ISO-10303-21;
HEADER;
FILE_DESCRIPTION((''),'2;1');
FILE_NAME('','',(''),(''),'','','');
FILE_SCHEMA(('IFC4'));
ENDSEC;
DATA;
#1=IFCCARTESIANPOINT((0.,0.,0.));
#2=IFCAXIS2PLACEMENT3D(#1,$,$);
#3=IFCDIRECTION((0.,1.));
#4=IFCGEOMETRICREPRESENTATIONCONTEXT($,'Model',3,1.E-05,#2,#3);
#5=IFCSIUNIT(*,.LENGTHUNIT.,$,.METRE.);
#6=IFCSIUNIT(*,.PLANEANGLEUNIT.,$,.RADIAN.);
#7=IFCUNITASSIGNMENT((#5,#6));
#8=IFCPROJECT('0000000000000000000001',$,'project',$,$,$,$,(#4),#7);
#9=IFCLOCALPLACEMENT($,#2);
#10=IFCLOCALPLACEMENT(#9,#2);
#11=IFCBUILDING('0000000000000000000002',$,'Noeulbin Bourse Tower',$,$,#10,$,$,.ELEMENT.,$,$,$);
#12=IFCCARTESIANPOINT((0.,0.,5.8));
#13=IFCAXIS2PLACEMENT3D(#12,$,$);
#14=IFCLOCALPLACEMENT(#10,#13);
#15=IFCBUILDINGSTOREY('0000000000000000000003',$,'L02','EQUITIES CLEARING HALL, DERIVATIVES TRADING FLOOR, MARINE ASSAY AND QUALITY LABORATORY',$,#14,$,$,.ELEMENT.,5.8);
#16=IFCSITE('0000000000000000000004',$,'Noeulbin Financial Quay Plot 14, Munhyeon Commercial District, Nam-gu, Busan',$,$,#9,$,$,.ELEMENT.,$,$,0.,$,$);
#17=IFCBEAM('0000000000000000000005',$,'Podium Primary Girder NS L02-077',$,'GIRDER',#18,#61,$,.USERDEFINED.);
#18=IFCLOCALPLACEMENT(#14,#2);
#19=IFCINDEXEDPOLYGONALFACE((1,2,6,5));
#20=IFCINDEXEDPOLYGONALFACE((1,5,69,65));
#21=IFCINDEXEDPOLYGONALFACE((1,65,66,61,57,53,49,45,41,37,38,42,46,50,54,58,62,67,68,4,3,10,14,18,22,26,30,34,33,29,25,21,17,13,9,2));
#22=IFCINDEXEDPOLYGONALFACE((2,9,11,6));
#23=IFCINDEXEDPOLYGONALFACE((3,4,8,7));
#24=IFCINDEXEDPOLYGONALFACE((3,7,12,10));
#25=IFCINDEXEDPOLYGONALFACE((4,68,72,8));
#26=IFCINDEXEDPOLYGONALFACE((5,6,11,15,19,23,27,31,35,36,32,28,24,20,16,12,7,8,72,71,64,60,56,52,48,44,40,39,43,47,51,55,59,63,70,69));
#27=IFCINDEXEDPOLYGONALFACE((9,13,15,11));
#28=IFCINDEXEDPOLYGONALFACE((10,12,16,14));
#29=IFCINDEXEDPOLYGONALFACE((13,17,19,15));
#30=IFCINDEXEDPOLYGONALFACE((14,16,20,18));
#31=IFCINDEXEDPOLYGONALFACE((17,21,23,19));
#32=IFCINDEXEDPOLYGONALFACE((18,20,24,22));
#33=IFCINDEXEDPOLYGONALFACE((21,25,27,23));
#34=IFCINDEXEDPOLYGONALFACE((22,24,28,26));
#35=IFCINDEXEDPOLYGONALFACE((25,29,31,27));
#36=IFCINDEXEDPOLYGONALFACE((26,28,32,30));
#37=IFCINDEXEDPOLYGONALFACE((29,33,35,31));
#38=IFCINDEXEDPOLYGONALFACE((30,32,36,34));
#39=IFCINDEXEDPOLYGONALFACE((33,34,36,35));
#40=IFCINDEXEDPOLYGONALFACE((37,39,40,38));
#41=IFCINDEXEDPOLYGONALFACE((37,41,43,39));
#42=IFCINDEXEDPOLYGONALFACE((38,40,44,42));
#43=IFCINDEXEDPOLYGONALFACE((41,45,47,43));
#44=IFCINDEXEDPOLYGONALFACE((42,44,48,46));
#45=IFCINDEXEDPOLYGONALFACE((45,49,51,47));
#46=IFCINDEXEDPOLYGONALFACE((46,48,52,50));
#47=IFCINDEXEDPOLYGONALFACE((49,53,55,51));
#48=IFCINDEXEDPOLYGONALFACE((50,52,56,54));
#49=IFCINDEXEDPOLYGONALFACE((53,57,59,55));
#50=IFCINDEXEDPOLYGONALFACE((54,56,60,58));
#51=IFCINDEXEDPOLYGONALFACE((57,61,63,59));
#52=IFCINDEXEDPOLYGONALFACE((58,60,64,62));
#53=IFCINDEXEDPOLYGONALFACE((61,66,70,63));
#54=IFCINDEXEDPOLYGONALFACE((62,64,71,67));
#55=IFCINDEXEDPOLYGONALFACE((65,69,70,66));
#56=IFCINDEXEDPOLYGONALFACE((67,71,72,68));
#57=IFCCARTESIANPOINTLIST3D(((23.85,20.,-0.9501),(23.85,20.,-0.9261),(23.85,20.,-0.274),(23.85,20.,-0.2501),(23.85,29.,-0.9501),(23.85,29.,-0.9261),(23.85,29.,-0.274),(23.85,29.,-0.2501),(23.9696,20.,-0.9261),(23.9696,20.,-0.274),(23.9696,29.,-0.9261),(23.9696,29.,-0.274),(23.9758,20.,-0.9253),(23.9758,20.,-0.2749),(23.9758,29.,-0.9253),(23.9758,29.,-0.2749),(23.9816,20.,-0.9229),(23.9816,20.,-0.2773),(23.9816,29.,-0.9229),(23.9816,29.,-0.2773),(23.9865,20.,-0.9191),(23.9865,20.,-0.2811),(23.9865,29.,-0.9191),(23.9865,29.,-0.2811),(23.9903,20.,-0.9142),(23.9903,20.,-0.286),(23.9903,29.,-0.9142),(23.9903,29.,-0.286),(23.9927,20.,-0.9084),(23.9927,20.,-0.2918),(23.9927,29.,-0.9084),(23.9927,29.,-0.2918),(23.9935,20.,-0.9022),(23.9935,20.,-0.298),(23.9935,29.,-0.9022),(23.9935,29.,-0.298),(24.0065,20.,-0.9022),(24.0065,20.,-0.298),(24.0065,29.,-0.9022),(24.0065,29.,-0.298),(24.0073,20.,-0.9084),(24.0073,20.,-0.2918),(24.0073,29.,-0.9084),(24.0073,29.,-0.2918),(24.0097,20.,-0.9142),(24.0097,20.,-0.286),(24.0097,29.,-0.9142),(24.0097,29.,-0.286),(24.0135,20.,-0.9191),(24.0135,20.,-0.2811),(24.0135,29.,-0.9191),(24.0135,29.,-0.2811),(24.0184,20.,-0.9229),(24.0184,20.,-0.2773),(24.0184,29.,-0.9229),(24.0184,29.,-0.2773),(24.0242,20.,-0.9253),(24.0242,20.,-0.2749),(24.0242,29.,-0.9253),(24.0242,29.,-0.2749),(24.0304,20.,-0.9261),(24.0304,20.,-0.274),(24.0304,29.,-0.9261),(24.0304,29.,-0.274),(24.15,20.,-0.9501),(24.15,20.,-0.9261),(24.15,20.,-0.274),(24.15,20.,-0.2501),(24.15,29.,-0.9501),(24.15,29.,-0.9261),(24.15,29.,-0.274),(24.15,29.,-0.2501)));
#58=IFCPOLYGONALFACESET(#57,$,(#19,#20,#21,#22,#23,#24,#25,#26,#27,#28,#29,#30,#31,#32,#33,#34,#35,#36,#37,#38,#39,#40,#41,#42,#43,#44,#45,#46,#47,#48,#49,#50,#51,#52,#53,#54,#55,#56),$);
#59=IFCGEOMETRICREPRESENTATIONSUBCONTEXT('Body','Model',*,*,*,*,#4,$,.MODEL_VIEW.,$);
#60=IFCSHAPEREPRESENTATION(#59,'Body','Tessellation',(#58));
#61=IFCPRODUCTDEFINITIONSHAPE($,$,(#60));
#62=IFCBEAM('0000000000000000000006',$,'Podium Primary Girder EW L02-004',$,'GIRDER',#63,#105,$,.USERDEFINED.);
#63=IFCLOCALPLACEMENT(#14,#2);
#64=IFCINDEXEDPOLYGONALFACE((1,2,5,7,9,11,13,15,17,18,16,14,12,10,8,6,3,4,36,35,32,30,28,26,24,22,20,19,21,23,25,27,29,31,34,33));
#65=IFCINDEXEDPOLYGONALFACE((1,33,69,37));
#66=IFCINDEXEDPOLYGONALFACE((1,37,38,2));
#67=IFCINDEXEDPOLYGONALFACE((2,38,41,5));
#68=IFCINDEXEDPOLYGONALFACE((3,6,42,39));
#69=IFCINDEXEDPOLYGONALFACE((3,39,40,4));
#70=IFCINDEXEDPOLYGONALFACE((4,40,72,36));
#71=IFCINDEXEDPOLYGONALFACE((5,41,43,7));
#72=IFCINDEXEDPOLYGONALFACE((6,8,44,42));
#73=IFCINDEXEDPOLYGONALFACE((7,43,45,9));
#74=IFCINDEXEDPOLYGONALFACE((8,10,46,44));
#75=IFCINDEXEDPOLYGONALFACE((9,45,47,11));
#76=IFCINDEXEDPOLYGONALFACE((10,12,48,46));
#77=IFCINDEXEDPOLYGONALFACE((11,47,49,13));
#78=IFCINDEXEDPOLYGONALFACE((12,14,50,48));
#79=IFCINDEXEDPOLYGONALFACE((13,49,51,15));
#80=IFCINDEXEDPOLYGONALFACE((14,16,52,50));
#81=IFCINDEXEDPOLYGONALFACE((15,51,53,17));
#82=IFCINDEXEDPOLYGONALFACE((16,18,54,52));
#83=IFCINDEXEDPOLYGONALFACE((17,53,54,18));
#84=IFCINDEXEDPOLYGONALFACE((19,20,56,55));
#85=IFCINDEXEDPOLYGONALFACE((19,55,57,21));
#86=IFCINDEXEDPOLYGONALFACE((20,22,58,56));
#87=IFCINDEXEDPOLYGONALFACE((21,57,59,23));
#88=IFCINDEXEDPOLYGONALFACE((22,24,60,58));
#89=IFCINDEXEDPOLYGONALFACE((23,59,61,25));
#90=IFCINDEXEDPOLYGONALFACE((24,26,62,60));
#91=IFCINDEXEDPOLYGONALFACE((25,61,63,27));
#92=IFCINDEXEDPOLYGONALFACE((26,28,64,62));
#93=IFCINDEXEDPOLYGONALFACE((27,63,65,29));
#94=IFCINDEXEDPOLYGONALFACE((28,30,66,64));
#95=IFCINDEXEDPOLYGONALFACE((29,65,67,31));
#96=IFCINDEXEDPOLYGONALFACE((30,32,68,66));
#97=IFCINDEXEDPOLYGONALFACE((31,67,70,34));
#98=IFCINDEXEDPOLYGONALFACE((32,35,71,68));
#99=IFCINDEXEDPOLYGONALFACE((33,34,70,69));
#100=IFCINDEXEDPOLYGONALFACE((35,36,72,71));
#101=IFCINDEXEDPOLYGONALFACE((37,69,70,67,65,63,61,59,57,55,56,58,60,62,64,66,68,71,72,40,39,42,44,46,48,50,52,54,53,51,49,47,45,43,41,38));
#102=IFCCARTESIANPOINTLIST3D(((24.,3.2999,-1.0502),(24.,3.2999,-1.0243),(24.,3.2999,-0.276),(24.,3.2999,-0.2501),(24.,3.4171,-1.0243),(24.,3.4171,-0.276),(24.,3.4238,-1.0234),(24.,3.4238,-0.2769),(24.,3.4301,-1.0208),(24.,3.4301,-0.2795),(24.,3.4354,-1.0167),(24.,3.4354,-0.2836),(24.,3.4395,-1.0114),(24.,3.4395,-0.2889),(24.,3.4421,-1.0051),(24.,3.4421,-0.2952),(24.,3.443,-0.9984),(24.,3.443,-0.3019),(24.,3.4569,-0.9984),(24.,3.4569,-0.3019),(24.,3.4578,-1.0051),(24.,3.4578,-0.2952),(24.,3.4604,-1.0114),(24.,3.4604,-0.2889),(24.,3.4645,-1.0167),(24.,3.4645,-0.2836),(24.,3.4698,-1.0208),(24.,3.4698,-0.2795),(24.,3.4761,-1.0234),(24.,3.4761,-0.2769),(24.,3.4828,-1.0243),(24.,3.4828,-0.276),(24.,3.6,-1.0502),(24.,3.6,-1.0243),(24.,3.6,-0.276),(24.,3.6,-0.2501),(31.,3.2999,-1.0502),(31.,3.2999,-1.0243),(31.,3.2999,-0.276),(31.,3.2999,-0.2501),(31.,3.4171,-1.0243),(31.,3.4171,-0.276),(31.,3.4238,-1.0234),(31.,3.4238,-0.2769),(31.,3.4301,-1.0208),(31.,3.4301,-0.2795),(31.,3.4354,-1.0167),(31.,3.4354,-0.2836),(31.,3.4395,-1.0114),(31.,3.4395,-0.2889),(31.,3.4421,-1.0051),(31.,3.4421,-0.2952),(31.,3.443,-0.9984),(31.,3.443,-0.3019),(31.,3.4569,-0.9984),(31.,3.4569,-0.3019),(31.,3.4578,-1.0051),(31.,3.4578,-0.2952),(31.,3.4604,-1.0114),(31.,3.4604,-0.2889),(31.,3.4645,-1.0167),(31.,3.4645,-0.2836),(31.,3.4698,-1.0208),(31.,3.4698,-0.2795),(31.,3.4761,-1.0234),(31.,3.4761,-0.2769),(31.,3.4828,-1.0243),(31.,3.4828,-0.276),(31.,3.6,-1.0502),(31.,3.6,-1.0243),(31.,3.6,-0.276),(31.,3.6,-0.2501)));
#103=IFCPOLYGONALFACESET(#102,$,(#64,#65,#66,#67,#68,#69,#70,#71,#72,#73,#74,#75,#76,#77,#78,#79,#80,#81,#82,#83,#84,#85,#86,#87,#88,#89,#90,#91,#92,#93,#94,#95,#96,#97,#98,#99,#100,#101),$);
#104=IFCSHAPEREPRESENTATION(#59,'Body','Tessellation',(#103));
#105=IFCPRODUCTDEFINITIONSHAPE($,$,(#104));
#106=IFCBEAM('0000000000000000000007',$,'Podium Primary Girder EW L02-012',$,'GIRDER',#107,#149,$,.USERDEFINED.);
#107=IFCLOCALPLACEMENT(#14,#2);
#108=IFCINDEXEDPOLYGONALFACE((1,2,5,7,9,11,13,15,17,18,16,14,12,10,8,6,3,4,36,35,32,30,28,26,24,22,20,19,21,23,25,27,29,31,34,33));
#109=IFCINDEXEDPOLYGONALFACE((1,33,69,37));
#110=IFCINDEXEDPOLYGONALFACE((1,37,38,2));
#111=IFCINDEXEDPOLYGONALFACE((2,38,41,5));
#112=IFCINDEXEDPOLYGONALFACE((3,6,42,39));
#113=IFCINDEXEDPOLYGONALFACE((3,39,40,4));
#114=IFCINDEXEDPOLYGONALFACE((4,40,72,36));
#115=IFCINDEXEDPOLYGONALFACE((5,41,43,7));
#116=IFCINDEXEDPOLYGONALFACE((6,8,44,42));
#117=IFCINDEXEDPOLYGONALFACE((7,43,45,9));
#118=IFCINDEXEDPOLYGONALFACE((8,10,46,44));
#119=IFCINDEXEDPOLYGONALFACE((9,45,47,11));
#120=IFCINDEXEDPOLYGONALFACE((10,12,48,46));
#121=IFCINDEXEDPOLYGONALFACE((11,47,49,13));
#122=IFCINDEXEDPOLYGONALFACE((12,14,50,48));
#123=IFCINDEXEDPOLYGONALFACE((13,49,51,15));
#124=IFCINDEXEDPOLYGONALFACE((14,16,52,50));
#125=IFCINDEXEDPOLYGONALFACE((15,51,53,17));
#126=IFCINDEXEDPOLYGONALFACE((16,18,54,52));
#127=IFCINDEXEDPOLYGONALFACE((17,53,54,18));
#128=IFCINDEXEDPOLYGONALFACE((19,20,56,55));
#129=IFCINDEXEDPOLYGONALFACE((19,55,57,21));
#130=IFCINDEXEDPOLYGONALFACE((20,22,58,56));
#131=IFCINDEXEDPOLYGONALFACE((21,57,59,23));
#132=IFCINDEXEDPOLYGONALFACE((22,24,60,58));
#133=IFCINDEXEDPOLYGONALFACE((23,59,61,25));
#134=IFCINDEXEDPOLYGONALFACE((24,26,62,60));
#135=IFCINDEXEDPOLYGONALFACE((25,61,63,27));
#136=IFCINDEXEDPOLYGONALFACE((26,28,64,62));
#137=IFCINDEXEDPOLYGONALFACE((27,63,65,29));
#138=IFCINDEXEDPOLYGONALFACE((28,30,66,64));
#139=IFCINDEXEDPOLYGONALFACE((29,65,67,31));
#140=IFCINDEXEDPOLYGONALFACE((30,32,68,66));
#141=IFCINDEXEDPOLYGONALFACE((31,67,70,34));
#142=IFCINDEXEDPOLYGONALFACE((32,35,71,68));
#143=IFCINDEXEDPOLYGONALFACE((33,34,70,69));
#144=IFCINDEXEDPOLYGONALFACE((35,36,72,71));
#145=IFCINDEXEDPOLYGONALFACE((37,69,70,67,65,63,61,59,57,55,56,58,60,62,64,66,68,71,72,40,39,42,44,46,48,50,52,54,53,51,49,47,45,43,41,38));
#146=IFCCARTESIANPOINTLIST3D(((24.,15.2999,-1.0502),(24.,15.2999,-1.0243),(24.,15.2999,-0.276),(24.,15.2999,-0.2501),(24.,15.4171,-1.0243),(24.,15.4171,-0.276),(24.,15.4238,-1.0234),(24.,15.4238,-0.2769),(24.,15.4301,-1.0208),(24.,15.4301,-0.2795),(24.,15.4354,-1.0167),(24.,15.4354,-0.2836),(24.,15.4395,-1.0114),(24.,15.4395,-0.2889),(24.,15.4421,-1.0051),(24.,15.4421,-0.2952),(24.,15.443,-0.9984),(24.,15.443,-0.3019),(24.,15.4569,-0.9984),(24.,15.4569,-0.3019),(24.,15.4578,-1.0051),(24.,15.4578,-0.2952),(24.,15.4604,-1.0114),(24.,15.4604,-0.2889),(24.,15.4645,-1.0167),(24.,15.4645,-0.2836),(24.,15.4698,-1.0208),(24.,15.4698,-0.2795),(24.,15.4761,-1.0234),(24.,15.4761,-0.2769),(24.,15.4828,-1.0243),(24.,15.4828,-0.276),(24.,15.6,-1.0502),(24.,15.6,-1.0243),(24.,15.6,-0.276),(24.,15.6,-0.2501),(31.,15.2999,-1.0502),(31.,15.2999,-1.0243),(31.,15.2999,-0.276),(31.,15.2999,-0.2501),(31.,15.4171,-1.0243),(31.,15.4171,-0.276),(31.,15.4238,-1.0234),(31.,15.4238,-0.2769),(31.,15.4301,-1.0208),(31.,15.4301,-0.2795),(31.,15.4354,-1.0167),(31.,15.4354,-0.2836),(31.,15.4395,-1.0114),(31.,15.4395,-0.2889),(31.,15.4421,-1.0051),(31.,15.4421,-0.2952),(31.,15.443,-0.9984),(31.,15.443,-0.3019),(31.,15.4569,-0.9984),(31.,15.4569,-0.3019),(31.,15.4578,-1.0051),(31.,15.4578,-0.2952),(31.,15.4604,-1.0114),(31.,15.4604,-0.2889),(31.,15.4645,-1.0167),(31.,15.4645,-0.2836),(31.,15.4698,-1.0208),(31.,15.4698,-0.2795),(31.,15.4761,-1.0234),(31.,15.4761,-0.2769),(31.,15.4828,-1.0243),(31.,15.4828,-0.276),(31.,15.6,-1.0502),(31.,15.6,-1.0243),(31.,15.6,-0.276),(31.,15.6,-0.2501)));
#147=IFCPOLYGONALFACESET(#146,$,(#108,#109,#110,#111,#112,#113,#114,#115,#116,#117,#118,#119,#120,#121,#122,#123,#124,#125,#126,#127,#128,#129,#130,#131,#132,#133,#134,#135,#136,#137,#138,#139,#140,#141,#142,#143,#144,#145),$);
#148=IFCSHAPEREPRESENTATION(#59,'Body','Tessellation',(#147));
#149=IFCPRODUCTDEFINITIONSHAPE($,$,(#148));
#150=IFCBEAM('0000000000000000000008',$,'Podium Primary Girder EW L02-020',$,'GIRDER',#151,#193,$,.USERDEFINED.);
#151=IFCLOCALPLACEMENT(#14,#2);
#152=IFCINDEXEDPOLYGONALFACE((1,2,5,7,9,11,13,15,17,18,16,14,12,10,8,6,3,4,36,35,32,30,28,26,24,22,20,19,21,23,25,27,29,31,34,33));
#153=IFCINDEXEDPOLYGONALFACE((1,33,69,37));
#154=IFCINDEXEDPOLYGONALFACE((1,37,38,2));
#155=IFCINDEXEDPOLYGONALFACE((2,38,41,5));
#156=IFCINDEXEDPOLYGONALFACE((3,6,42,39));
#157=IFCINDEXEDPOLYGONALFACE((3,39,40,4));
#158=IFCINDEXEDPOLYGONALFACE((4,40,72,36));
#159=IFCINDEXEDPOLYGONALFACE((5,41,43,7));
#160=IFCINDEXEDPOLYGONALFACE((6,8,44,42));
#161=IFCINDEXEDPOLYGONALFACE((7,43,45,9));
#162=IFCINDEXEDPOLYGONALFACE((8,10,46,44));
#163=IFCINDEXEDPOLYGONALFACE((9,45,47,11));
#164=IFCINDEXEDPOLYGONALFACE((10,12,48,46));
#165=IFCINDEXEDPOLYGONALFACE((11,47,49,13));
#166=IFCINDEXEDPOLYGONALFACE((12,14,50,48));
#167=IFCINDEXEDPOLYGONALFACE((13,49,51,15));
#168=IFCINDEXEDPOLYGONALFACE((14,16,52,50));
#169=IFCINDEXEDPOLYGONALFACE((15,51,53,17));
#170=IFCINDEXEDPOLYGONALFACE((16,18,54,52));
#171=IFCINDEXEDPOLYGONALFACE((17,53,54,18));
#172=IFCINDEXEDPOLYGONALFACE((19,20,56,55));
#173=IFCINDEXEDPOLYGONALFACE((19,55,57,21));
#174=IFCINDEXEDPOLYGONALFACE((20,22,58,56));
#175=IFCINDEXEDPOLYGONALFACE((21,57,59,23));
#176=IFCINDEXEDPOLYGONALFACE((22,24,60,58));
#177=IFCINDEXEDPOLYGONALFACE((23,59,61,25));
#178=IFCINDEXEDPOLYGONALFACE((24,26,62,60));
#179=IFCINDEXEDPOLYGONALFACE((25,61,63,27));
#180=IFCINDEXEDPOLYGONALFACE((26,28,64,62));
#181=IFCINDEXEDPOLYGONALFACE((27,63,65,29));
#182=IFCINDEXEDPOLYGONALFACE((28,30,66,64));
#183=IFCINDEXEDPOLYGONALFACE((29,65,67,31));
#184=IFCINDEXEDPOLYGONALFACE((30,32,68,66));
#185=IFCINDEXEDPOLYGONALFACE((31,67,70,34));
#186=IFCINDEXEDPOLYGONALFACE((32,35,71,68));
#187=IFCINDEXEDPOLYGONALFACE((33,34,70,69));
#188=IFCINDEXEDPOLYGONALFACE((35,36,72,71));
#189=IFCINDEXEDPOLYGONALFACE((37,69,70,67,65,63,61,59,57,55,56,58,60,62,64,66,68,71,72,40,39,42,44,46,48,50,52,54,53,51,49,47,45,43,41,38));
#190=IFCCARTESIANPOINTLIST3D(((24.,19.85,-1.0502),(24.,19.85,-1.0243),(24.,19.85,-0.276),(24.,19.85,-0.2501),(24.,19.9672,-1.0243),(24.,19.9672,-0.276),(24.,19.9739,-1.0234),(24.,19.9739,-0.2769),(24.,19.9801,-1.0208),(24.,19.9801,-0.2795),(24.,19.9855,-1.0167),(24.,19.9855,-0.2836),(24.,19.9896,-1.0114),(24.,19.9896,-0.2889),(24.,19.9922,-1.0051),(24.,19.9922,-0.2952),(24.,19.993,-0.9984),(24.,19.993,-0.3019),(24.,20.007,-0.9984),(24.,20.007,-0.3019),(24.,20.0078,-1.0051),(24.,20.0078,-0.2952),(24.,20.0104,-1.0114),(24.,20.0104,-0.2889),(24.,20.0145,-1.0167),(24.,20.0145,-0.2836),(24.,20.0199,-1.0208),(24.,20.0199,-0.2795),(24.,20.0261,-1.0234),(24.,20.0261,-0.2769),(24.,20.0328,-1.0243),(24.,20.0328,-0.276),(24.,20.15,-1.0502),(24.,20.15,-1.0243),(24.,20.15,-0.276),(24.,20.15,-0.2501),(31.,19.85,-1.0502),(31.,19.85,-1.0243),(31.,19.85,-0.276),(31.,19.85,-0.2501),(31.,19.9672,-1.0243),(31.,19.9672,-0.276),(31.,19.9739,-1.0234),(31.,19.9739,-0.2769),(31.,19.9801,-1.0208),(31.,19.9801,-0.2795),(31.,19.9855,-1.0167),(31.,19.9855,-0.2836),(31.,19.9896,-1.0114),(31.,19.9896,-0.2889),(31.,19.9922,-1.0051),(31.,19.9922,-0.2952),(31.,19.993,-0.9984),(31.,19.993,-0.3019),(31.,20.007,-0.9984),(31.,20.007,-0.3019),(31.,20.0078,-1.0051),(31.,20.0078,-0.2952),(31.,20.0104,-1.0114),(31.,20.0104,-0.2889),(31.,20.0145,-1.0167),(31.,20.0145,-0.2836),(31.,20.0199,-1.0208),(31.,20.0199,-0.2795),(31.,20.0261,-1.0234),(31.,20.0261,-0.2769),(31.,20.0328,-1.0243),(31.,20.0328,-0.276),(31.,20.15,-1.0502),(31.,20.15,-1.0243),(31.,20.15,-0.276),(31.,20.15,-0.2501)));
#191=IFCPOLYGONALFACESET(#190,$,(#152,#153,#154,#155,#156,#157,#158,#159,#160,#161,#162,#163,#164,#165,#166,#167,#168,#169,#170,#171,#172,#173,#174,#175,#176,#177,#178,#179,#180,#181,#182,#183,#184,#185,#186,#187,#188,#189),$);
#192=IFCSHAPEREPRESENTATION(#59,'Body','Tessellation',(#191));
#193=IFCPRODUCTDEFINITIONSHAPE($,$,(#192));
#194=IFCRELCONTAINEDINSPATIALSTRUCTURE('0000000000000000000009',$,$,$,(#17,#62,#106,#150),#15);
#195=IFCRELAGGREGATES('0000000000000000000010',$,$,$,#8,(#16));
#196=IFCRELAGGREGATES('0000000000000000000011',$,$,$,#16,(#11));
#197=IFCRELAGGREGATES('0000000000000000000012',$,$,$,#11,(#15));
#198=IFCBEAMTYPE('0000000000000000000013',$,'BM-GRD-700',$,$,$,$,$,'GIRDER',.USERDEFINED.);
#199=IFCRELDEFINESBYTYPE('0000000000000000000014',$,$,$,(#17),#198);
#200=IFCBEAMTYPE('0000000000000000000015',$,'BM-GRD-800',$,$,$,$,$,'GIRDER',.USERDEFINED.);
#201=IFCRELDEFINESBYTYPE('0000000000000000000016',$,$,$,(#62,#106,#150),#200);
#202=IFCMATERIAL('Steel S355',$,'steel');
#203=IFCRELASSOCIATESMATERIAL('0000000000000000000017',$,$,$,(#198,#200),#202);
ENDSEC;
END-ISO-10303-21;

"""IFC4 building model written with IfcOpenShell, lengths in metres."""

from ifc_helpers import new_model, si_unit, direction, frame, origin, origin_2d, place, context, subcontext, project, spatial, i_section, extrude, material, material_profile, profile_set, type_object, element, save


model = new_model("IFC4")

# Units and contexts
model_context = context("Model", 3, precision=1e-05, world=origin(), true_north=direction((0.0, 1.0)))
body_context = subcontext(model_context, "Body", "Model", "MODEL_VIEW")
ifc_project = project(units=[si_unit("LENGTHUNIT", "METRE"), si_unit("PLANEANGLEUNIT", "RADIAN")], contexts=[model_context])

# Site, building, storey
site_placement = place(None, origin())
site = spatial("IfcSite", under=ifc_project, at=site_placement, Name="Noeulbin Financial Quay Plot 14, Munhyeon Commercial District, Nam-gu, Busan", CompositionType="ELEMENT", RefElevation=0.0)
building_placement = place(site_placement, origin())
building = spatial("IfcBuilding", under=site, at=building_placement, Name="Noeulbin Bourse Tower", CompositionType="ELEMENT")
storey_placement = place(building_placement, frame((0.0, 0.0, 5.8)))
storey = spatial("IfcBuildingStorey", under=building, at=storey_placement, Name="L02", Description="EQUITIES CLEARING HALL, DERIVATIVES TRADING FLOOR, MARINE ASSAY AND QUALITY LABORATORY", CompositionType="ELEMENT", Elevation=5.8)

# Beams
ifc_material_1 = material(Name="Steel S355", Category="steel")
ifc_material_profile_1 = material_profile(ifc_material_1, i_section(OverallWidth=0.3, OverallDepth=0.7, WebThickness=0.0129, FlangeThickness=0.0239, FilletRadius=0.0239, at=origin_2d()), Name="H-700x300x13x24", Category="LoadBearing")
ifc_profile_set_1 = profile_set([ifc_material_profile_1], Name="Steel S355")
beam_type_1 = type_object("IfcBeamType", Name="BM-GRD-700", ElementType="GIRDER", PredefinedType="USERDEFINED", material=ifc_profile_set_1)
beam_1_placement = place(storey_placement, frame((24.0, 20.0, -0.6001), z_axis=(0.0, 1.0, 0.0), x_axis=(-1.0, 0.0, 0.0)))
element("IfcBeam", 1, at=beam_1_placement, inside=storey, type_object=beam_type_1, Name="Podium Primary Girder NS L02-077", ObjectType="GIRDER", PredefinedType="USERDEFINED", context=body_context, shape_type="SweptSolid", body=[
    extrude(i_section(OverallWidth=0.3, OverallDepth=0.7, WebThickness=0.0129, FlangeThickness=0.0239, FilletRadius=0.0239, at=origin_2d()), origin(), (0.0, 0.0, 1.0), 9.0),
])
ifc_material_profile_2 = material_profile(ifc_material_1, i_section(OverallWidth=0.3, OverallDepth=0.8, WebThickness=0.0139, FlangeThickness=0.0259, FilletRadius=0.0259, at=origin_2d()), Name="H-800x300x14x26", Category="LoadBearing")
ifc_profile_set_2 = profile_set([ifc_material_profile_2], Name="Steel S355")
beam_type_2 = type_object("IfcBeamType", Name="BM-GRD-800", ElementType="GIRDER", PredefinedType="USERDEFINED", material=ifc_profile_set_2)
for number, where, z_axis, x_axis, name in (
    (2, (24.0, 3.45, -0.6501), (1.0, 0.0, 0.0), (0.0, 1.0, 0.0), "Podium Primary Girder EW L02-004"),
    (3, (24.0, 15.45, -0.6501), (1.0, 0.0, 0.0), (0.0, 1.0, 0.0), "Podium Primary Girder EW L02-012"),
    (4, (24.0, 20.0, -0.6501), (1.0, 0.0, 0.0), (0.0, 1.0, 0.0), "Podium Primary Girder EW L02-020"),
):
    element("IfcBeam", number, at=place(storey_placement, frame(where, z_axis=z_axis, x_axis=x_axis)), inside=storey, type_object=beam_type_2, Name=name, ObjectType="GIRDER", PredefinedType="USERDEFINED", context=body_context, shape_type="SweptSolid", body=[
        extrude(i_section(OverallWidth=0.3, OverallDepth=0.8, WebThickness=0.0139, FlangeThickness=0.0259, FilletRadius=0.0259, at=origin_2d()), origin(), (0.0, 0.0, 1.0), 7.0),
    ])

save(model, "model.ifc")
